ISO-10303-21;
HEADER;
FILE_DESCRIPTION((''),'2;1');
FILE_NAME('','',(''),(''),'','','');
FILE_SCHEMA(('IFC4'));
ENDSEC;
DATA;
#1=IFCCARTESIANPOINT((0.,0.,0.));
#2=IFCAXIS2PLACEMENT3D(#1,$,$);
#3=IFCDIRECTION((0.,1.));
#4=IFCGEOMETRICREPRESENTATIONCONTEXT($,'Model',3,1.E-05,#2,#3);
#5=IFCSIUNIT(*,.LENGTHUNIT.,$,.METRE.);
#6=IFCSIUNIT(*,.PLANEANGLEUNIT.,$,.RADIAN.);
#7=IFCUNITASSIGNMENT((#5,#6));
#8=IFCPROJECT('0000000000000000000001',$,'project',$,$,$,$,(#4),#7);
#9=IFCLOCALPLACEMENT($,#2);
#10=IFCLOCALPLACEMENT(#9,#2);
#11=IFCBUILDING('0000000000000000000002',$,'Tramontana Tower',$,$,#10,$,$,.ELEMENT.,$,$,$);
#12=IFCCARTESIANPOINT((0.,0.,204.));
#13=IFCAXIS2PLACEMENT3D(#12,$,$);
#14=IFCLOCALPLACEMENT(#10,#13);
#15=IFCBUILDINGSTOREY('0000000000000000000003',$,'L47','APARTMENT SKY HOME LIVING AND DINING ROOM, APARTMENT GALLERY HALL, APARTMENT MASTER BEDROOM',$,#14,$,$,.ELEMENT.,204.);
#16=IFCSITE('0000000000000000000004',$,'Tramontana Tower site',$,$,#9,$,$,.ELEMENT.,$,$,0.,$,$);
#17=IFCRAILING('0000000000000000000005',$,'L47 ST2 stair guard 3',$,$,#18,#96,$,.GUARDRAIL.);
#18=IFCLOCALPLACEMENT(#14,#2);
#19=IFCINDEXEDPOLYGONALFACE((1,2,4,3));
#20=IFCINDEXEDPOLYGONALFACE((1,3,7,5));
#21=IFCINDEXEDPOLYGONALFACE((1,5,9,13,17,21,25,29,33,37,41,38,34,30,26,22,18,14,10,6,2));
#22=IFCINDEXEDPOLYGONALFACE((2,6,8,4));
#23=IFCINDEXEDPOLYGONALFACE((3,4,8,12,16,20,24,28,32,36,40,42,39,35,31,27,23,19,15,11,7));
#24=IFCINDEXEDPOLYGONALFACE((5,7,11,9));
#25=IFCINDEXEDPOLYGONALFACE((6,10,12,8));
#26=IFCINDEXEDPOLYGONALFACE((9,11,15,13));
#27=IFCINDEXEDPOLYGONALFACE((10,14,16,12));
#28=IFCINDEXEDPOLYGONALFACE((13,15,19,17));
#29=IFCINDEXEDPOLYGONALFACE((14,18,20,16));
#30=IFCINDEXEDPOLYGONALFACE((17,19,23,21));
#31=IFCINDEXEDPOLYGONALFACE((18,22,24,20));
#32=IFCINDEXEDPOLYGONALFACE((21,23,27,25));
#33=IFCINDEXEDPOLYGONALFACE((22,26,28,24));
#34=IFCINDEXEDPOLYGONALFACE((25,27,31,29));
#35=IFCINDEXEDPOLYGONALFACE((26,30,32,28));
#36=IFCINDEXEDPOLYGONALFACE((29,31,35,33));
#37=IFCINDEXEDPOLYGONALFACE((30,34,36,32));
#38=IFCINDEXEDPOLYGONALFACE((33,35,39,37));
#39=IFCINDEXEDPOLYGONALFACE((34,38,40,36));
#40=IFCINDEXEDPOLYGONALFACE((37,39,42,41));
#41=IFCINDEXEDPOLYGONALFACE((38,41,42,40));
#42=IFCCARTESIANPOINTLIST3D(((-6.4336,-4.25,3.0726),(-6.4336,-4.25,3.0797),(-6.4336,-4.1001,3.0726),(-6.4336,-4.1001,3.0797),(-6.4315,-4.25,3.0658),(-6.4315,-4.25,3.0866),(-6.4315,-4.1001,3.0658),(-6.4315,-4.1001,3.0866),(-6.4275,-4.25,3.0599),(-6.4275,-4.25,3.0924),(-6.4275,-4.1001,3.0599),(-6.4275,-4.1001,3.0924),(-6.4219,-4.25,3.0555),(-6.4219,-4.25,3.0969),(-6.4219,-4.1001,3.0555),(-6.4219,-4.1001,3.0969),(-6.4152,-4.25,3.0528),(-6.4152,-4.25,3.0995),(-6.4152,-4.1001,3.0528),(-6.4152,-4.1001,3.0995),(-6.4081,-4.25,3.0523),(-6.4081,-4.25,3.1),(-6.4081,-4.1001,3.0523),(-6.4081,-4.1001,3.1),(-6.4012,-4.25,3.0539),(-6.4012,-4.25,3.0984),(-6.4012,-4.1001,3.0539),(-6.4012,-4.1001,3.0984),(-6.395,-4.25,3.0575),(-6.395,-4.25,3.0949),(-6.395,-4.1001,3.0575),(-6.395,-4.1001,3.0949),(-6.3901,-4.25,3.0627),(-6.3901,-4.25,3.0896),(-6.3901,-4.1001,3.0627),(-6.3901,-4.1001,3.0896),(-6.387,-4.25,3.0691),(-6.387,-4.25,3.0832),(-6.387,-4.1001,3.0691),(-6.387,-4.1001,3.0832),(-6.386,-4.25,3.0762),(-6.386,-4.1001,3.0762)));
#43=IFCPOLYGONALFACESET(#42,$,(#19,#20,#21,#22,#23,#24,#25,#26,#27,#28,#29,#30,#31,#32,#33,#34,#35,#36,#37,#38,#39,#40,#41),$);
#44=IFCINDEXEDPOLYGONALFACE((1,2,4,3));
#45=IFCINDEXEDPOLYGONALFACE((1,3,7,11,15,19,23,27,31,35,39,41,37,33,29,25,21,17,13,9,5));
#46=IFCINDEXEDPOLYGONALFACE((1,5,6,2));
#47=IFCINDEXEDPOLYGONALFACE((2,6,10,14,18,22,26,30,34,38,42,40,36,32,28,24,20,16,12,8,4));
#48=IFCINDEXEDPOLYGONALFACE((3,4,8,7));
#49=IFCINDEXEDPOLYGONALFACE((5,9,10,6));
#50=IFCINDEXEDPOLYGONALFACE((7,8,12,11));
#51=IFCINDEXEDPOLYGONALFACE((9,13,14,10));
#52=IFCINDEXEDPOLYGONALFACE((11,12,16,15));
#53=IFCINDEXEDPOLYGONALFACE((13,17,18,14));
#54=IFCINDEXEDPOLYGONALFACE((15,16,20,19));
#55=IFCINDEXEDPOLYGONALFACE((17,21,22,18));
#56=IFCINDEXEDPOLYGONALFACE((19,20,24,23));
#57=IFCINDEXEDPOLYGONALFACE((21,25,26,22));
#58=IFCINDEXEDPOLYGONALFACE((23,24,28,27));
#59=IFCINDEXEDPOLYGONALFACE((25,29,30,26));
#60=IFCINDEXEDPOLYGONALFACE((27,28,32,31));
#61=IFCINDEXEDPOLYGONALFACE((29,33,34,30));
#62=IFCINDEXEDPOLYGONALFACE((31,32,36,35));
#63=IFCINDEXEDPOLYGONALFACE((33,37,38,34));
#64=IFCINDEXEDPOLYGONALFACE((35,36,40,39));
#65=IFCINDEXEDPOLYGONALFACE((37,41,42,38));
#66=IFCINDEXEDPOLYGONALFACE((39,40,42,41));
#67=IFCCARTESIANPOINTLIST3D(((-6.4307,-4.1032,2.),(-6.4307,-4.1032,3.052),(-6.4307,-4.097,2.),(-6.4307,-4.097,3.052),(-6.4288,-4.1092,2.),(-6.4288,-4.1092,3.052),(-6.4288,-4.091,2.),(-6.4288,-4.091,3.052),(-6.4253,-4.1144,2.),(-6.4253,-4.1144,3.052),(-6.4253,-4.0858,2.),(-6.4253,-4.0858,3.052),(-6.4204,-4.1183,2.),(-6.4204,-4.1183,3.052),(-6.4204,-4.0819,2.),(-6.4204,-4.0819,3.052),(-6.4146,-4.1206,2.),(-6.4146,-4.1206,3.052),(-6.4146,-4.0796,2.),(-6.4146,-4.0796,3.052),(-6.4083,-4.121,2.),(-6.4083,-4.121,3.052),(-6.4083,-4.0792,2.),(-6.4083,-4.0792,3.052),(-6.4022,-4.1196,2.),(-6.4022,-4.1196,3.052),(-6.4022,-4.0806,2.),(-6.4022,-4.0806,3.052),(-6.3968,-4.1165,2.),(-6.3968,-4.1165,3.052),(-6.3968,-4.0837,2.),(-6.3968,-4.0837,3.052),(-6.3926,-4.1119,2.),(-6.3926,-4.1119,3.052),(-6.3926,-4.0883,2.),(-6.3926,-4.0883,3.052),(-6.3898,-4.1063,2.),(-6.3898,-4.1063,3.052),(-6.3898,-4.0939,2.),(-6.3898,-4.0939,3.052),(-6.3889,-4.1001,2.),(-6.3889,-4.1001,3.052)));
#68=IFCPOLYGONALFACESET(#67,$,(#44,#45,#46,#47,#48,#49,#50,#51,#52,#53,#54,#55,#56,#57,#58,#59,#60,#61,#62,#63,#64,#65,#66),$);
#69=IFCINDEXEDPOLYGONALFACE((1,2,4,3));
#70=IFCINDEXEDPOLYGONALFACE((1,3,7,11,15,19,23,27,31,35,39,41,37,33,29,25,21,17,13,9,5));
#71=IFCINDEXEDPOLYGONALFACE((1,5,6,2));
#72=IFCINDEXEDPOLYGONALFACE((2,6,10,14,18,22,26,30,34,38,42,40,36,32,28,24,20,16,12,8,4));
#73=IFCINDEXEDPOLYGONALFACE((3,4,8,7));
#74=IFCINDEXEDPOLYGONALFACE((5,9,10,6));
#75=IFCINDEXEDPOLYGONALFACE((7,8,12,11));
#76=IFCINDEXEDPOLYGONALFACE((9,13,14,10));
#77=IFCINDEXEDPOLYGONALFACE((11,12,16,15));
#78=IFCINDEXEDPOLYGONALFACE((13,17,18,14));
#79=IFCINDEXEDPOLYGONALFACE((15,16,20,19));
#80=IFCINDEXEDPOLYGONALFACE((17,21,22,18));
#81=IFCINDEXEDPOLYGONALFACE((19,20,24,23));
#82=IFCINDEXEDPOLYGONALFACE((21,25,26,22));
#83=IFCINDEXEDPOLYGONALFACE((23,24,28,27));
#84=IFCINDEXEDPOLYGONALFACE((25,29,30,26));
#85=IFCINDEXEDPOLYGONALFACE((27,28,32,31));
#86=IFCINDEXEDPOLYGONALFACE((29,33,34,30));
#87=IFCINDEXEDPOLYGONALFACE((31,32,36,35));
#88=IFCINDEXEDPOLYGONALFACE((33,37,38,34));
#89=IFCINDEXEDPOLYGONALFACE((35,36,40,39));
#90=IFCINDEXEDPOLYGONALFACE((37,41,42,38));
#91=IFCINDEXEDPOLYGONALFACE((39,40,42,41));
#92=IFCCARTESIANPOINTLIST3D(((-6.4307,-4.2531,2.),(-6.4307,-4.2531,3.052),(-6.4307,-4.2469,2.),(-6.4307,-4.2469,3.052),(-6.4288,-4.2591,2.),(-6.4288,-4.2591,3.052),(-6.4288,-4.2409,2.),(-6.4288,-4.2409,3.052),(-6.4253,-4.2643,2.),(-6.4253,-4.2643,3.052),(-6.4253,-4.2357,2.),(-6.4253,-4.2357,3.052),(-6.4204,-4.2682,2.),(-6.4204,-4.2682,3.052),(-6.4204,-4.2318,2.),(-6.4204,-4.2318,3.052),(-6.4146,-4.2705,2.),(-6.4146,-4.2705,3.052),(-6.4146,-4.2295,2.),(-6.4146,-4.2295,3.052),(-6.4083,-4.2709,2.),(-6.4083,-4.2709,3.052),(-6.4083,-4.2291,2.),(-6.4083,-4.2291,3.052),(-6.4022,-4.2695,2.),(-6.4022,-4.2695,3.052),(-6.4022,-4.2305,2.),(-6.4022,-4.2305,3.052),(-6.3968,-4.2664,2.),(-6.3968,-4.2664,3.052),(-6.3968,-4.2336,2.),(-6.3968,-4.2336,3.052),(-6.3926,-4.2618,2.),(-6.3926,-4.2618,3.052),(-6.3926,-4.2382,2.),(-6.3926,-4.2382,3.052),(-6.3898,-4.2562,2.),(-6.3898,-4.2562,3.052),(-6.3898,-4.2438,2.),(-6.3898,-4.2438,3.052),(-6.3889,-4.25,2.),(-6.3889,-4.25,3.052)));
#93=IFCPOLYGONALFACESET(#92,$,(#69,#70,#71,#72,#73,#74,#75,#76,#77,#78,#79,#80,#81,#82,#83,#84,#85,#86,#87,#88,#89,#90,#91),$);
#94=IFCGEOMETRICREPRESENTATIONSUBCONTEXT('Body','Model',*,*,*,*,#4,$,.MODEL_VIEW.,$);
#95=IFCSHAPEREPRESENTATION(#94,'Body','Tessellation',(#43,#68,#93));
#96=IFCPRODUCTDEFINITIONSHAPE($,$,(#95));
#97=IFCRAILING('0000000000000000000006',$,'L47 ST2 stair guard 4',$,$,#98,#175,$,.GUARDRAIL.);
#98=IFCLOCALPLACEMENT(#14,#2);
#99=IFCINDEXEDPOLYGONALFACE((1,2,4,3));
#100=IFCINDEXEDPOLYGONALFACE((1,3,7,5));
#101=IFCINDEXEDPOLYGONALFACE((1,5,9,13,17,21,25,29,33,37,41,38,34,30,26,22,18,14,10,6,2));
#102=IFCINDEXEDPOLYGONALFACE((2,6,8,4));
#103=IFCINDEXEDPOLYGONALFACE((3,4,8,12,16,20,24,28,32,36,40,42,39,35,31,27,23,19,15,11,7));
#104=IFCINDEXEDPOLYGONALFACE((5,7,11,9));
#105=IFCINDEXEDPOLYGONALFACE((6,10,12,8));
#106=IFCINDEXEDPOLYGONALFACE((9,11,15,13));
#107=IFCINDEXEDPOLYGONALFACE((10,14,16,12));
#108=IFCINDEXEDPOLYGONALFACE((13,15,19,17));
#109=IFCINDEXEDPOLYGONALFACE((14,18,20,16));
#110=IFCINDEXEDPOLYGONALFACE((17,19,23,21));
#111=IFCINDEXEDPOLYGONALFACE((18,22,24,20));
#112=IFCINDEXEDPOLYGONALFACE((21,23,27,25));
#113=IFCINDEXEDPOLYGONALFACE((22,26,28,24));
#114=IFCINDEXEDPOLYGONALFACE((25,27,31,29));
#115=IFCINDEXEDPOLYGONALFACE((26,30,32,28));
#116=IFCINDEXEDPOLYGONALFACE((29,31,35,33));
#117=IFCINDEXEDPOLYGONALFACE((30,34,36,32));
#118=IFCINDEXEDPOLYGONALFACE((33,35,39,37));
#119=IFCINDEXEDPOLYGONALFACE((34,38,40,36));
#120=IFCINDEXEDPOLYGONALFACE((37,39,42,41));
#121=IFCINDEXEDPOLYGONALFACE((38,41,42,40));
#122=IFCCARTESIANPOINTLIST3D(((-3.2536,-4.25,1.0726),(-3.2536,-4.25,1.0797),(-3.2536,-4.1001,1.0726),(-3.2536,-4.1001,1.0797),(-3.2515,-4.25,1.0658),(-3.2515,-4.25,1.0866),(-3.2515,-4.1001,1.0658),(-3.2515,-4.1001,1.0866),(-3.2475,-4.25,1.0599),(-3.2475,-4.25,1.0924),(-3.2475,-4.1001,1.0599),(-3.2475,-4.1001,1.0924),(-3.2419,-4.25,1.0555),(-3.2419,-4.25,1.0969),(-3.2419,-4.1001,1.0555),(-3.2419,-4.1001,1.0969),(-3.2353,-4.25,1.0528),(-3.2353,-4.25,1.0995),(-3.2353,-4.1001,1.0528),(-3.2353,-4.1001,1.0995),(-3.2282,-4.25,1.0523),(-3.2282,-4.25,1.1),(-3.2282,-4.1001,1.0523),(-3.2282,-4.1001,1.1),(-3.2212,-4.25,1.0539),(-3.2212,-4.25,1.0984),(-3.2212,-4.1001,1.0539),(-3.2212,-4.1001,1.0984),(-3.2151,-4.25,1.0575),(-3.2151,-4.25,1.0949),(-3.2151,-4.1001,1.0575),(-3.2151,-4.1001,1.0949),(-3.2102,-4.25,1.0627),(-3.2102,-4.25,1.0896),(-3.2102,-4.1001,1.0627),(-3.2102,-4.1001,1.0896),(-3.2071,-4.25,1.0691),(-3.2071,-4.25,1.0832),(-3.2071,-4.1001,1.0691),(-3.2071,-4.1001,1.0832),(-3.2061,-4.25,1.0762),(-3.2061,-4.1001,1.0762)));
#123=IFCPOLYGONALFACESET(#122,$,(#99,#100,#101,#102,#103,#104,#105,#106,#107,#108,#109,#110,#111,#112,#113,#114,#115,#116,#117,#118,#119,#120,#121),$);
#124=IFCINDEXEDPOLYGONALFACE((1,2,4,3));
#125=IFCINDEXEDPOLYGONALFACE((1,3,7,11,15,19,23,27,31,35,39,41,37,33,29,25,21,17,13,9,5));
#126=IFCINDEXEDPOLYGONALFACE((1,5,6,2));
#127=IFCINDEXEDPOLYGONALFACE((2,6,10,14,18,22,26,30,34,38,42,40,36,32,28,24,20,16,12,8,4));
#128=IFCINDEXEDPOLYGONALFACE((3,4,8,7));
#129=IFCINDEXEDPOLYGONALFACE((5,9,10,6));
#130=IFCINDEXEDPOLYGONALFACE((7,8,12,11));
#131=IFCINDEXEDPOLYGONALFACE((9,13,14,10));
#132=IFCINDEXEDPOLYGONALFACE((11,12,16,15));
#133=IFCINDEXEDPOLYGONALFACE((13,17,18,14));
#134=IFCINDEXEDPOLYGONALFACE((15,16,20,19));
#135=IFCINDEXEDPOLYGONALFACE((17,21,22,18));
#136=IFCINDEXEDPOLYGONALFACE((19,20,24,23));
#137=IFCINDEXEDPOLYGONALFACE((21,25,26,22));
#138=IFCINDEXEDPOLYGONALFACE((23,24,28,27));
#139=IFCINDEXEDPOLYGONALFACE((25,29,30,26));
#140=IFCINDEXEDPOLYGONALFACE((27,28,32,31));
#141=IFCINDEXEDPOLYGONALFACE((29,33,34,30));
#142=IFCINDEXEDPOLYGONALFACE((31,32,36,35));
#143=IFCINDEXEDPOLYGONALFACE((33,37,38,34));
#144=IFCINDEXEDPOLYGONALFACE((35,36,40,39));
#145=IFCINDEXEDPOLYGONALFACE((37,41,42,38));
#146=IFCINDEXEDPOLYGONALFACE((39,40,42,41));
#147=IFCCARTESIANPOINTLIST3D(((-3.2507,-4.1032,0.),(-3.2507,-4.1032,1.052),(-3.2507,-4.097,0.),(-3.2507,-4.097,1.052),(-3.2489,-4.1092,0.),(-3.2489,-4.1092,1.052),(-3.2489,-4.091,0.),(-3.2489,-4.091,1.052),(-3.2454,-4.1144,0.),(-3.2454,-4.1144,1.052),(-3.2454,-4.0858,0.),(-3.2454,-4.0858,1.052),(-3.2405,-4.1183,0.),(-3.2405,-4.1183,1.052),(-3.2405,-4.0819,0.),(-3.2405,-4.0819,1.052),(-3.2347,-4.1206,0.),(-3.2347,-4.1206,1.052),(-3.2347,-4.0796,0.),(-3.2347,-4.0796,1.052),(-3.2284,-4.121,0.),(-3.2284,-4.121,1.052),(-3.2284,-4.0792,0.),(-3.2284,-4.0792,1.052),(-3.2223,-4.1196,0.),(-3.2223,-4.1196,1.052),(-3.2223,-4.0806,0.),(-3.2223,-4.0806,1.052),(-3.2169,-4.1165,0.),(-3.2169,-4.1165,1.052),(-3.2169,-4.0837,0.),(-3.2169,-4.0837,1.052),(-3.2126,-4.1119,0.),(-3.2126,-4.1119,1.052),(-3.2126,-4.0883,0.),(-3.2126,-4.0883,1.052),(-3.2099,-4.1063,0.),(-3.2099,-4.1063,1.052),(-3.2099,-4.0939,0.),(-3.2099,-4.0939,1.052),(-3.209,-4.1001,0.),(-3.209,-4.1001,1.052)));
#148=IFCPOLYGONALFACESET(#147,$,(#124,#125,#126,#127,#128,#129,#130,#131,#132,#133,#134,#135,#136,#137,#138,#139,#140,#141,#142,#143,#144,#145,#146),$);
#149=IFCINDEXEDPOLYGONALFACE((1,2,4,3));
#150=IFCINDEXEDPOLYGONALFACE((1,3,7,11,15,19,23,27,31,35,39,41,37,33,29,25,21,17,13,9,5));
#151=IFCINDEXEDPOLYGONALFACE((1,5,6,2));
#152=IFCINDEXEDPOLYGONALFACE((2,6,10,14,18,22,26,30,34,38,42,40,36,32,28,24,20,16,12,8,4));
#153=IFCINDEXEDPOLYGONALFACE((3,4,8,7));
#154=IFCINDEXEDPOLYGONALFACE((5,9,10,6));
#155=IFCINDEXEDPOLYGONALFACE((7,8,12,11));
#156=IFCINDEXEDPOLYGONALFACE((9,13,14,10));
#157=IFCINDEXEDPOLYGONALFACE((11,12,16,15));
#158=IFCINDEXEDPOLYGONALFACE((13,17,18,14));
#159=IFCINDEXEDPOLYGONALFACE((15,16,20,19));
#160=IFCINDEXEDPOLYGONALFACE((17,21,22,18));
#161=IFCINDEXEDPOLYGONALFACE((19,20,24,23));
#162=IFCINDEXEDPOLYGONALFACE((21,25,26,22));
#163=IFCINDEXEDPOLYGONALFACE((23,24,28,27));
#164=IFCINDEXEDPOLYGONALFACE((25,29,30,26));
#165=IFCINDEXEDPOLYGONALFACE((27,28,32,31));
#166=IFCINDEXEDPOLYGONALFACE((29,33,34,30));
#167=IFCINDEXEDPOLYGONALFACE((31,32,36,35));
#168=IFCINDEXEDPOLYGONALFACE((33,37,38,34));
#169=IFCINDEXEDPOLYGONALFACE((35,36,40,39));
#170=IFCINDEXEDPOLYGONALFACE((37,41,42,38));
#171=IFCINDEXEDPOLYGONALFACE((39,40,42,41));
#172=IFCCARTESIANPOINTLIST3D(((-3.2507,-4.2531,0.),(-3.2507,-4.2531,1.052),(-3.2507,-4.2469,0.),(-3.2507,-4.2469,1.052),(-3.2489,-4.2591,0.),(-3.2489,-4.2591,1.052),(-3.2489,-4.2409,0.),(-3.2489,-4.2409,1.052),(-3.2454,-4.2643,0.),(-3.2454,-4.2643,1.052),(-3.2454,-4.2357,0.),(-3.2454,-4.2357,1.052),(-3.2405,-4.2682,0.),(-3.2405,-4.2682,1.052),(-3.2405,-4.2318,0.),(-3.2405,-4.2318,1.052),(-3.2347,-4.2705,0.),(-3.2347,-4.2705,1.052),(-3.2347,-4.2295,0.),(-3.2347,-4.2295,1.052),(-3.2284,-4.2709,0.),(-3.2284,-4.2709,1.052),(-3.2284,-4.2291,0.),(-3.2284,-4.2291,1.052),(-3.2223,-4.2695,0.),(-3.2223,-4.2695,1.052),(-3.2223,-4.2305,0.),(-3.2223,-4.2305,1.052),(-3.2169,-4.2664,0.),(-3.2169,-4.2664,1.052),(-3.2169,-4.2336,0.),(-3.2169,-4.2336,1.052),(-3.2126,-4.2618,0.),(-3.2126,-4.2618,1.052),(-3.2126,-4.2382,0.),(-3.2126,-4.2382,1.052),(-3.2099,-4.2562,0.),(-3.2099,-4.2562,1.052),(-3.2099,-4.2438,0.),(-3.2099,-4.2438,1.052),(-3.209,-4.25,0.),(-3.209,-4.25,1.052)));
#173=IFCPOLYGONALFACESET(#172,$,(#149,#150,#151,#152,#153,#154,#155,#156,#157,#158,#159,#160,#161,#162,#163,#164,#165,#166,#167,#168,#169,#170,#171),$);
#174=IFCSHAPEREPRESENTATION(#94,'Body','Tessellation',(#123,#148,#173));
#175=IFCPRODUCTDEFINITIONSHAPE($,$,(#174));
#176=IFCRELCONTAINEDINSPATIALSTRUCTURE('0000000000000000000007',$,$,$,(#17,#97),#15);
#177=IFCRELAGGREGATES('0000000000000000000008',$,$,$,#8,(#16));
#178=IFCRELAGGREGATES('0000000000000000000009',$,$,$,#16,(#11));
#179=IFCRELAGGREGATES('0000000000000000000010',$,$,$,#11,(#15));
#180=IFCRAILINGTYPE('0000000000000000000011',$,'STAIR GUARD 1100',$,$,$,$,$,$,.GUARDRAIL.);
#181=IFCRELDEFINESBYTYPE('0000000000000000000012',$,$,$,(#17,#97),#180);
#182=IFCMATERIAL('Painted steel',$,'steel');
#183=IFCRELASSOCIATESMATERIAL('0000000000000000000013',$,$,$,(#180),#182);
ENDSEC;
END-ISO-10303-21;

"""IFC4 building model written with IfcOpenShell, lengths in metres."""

from ifc_helpers import new_model, si_unit, direction, frame, origin, origin_2d, place, context, subcontext, project, spatial, circle, extrude, material, type_object, element, save


model = new_model("IFC4")

# Units and contexts
model_context = context("Model", 3, precision=1e-05, world=origin(), true_north=direction((0.0, 1.0)))
body_context = subcontext(model_context, "Body", "Model", "MODEL_VIEW")
ifc_project = project(units=[si_unit("LENGTHUNIT", "METRE"), si_unit("PLANEANGLEUNIT", "RADIAN")], contexts=[model_context])

# Site, building, storey
site_placement = place(None, origin())
site = spatial("IfcSite", under=ifc_project, at=site_placement, Name="Tramontana Tower site", CompositionType="ELEMENT", RefElevation=0.0)
building_placement = place(site_placement, origin())
building = spatial("IfcBuilding", under=site, at=building_placement, Name="Tramontana Tower", CompositionType="ELEMENT")
storey_placement = place(building_placement, frame((0.0, 0.0, 204.0)))
storey = spatial("IfcBuildingStorey", under=building, at=storey_placement, Name="L47", Description="APARTMENT SKY HOME LIVING AND DINING ROOM, APARTMENT GALLERY HALL, APARTMENT MASTER BEDROOM", CompositionType="ELEMENT", Elevation=204.0)

# Railings
ifc_material_1 = material(Name="Painted steel", Category="steel")
railing_type_1 = type_object("IfcRailingType", Name="STAIR GUARD 1100", PredefinedType="GUARDRAIL", material=ifc_material_1)
for number, where, name in (
    (1, (-6.4099, -4.1001, 2.0), "L47 ST2 stair guard 3"),
    (2, (-3.23, -4.1001, 0.0), "L47 ST2 stair guard 4"),
):
    element("IfcRailing", number, at=place(storey_placement, frame(where)), inside=storey, type_object=railing_type_1, Name=name, PredefinedType="GUARDRAIL", context=body_context, shape_type="SweptSolid", body=[
        extrude(circle(Radius=0.0239, at=origin_2d()), frame((0.0, 0.0, 1.0762), z_axis=(0.0, -1.0, 0.0), x_axis=(1.0, 0.0, 0.0)), (0.0, 0.0, 1.0), 0.1499),
        extrude(circle(Radius=0.021, at=origin_2d()), origin(), (0.0, 0.0, 1.0), 1.052),
        extrude(circle(Radius=0.021, at=origin_2d()), frame((0.0, -0.1499, 0.0)), (0.0, 0.0, 1.0), 1.052),
    ])

save(model, "model.ifc")
